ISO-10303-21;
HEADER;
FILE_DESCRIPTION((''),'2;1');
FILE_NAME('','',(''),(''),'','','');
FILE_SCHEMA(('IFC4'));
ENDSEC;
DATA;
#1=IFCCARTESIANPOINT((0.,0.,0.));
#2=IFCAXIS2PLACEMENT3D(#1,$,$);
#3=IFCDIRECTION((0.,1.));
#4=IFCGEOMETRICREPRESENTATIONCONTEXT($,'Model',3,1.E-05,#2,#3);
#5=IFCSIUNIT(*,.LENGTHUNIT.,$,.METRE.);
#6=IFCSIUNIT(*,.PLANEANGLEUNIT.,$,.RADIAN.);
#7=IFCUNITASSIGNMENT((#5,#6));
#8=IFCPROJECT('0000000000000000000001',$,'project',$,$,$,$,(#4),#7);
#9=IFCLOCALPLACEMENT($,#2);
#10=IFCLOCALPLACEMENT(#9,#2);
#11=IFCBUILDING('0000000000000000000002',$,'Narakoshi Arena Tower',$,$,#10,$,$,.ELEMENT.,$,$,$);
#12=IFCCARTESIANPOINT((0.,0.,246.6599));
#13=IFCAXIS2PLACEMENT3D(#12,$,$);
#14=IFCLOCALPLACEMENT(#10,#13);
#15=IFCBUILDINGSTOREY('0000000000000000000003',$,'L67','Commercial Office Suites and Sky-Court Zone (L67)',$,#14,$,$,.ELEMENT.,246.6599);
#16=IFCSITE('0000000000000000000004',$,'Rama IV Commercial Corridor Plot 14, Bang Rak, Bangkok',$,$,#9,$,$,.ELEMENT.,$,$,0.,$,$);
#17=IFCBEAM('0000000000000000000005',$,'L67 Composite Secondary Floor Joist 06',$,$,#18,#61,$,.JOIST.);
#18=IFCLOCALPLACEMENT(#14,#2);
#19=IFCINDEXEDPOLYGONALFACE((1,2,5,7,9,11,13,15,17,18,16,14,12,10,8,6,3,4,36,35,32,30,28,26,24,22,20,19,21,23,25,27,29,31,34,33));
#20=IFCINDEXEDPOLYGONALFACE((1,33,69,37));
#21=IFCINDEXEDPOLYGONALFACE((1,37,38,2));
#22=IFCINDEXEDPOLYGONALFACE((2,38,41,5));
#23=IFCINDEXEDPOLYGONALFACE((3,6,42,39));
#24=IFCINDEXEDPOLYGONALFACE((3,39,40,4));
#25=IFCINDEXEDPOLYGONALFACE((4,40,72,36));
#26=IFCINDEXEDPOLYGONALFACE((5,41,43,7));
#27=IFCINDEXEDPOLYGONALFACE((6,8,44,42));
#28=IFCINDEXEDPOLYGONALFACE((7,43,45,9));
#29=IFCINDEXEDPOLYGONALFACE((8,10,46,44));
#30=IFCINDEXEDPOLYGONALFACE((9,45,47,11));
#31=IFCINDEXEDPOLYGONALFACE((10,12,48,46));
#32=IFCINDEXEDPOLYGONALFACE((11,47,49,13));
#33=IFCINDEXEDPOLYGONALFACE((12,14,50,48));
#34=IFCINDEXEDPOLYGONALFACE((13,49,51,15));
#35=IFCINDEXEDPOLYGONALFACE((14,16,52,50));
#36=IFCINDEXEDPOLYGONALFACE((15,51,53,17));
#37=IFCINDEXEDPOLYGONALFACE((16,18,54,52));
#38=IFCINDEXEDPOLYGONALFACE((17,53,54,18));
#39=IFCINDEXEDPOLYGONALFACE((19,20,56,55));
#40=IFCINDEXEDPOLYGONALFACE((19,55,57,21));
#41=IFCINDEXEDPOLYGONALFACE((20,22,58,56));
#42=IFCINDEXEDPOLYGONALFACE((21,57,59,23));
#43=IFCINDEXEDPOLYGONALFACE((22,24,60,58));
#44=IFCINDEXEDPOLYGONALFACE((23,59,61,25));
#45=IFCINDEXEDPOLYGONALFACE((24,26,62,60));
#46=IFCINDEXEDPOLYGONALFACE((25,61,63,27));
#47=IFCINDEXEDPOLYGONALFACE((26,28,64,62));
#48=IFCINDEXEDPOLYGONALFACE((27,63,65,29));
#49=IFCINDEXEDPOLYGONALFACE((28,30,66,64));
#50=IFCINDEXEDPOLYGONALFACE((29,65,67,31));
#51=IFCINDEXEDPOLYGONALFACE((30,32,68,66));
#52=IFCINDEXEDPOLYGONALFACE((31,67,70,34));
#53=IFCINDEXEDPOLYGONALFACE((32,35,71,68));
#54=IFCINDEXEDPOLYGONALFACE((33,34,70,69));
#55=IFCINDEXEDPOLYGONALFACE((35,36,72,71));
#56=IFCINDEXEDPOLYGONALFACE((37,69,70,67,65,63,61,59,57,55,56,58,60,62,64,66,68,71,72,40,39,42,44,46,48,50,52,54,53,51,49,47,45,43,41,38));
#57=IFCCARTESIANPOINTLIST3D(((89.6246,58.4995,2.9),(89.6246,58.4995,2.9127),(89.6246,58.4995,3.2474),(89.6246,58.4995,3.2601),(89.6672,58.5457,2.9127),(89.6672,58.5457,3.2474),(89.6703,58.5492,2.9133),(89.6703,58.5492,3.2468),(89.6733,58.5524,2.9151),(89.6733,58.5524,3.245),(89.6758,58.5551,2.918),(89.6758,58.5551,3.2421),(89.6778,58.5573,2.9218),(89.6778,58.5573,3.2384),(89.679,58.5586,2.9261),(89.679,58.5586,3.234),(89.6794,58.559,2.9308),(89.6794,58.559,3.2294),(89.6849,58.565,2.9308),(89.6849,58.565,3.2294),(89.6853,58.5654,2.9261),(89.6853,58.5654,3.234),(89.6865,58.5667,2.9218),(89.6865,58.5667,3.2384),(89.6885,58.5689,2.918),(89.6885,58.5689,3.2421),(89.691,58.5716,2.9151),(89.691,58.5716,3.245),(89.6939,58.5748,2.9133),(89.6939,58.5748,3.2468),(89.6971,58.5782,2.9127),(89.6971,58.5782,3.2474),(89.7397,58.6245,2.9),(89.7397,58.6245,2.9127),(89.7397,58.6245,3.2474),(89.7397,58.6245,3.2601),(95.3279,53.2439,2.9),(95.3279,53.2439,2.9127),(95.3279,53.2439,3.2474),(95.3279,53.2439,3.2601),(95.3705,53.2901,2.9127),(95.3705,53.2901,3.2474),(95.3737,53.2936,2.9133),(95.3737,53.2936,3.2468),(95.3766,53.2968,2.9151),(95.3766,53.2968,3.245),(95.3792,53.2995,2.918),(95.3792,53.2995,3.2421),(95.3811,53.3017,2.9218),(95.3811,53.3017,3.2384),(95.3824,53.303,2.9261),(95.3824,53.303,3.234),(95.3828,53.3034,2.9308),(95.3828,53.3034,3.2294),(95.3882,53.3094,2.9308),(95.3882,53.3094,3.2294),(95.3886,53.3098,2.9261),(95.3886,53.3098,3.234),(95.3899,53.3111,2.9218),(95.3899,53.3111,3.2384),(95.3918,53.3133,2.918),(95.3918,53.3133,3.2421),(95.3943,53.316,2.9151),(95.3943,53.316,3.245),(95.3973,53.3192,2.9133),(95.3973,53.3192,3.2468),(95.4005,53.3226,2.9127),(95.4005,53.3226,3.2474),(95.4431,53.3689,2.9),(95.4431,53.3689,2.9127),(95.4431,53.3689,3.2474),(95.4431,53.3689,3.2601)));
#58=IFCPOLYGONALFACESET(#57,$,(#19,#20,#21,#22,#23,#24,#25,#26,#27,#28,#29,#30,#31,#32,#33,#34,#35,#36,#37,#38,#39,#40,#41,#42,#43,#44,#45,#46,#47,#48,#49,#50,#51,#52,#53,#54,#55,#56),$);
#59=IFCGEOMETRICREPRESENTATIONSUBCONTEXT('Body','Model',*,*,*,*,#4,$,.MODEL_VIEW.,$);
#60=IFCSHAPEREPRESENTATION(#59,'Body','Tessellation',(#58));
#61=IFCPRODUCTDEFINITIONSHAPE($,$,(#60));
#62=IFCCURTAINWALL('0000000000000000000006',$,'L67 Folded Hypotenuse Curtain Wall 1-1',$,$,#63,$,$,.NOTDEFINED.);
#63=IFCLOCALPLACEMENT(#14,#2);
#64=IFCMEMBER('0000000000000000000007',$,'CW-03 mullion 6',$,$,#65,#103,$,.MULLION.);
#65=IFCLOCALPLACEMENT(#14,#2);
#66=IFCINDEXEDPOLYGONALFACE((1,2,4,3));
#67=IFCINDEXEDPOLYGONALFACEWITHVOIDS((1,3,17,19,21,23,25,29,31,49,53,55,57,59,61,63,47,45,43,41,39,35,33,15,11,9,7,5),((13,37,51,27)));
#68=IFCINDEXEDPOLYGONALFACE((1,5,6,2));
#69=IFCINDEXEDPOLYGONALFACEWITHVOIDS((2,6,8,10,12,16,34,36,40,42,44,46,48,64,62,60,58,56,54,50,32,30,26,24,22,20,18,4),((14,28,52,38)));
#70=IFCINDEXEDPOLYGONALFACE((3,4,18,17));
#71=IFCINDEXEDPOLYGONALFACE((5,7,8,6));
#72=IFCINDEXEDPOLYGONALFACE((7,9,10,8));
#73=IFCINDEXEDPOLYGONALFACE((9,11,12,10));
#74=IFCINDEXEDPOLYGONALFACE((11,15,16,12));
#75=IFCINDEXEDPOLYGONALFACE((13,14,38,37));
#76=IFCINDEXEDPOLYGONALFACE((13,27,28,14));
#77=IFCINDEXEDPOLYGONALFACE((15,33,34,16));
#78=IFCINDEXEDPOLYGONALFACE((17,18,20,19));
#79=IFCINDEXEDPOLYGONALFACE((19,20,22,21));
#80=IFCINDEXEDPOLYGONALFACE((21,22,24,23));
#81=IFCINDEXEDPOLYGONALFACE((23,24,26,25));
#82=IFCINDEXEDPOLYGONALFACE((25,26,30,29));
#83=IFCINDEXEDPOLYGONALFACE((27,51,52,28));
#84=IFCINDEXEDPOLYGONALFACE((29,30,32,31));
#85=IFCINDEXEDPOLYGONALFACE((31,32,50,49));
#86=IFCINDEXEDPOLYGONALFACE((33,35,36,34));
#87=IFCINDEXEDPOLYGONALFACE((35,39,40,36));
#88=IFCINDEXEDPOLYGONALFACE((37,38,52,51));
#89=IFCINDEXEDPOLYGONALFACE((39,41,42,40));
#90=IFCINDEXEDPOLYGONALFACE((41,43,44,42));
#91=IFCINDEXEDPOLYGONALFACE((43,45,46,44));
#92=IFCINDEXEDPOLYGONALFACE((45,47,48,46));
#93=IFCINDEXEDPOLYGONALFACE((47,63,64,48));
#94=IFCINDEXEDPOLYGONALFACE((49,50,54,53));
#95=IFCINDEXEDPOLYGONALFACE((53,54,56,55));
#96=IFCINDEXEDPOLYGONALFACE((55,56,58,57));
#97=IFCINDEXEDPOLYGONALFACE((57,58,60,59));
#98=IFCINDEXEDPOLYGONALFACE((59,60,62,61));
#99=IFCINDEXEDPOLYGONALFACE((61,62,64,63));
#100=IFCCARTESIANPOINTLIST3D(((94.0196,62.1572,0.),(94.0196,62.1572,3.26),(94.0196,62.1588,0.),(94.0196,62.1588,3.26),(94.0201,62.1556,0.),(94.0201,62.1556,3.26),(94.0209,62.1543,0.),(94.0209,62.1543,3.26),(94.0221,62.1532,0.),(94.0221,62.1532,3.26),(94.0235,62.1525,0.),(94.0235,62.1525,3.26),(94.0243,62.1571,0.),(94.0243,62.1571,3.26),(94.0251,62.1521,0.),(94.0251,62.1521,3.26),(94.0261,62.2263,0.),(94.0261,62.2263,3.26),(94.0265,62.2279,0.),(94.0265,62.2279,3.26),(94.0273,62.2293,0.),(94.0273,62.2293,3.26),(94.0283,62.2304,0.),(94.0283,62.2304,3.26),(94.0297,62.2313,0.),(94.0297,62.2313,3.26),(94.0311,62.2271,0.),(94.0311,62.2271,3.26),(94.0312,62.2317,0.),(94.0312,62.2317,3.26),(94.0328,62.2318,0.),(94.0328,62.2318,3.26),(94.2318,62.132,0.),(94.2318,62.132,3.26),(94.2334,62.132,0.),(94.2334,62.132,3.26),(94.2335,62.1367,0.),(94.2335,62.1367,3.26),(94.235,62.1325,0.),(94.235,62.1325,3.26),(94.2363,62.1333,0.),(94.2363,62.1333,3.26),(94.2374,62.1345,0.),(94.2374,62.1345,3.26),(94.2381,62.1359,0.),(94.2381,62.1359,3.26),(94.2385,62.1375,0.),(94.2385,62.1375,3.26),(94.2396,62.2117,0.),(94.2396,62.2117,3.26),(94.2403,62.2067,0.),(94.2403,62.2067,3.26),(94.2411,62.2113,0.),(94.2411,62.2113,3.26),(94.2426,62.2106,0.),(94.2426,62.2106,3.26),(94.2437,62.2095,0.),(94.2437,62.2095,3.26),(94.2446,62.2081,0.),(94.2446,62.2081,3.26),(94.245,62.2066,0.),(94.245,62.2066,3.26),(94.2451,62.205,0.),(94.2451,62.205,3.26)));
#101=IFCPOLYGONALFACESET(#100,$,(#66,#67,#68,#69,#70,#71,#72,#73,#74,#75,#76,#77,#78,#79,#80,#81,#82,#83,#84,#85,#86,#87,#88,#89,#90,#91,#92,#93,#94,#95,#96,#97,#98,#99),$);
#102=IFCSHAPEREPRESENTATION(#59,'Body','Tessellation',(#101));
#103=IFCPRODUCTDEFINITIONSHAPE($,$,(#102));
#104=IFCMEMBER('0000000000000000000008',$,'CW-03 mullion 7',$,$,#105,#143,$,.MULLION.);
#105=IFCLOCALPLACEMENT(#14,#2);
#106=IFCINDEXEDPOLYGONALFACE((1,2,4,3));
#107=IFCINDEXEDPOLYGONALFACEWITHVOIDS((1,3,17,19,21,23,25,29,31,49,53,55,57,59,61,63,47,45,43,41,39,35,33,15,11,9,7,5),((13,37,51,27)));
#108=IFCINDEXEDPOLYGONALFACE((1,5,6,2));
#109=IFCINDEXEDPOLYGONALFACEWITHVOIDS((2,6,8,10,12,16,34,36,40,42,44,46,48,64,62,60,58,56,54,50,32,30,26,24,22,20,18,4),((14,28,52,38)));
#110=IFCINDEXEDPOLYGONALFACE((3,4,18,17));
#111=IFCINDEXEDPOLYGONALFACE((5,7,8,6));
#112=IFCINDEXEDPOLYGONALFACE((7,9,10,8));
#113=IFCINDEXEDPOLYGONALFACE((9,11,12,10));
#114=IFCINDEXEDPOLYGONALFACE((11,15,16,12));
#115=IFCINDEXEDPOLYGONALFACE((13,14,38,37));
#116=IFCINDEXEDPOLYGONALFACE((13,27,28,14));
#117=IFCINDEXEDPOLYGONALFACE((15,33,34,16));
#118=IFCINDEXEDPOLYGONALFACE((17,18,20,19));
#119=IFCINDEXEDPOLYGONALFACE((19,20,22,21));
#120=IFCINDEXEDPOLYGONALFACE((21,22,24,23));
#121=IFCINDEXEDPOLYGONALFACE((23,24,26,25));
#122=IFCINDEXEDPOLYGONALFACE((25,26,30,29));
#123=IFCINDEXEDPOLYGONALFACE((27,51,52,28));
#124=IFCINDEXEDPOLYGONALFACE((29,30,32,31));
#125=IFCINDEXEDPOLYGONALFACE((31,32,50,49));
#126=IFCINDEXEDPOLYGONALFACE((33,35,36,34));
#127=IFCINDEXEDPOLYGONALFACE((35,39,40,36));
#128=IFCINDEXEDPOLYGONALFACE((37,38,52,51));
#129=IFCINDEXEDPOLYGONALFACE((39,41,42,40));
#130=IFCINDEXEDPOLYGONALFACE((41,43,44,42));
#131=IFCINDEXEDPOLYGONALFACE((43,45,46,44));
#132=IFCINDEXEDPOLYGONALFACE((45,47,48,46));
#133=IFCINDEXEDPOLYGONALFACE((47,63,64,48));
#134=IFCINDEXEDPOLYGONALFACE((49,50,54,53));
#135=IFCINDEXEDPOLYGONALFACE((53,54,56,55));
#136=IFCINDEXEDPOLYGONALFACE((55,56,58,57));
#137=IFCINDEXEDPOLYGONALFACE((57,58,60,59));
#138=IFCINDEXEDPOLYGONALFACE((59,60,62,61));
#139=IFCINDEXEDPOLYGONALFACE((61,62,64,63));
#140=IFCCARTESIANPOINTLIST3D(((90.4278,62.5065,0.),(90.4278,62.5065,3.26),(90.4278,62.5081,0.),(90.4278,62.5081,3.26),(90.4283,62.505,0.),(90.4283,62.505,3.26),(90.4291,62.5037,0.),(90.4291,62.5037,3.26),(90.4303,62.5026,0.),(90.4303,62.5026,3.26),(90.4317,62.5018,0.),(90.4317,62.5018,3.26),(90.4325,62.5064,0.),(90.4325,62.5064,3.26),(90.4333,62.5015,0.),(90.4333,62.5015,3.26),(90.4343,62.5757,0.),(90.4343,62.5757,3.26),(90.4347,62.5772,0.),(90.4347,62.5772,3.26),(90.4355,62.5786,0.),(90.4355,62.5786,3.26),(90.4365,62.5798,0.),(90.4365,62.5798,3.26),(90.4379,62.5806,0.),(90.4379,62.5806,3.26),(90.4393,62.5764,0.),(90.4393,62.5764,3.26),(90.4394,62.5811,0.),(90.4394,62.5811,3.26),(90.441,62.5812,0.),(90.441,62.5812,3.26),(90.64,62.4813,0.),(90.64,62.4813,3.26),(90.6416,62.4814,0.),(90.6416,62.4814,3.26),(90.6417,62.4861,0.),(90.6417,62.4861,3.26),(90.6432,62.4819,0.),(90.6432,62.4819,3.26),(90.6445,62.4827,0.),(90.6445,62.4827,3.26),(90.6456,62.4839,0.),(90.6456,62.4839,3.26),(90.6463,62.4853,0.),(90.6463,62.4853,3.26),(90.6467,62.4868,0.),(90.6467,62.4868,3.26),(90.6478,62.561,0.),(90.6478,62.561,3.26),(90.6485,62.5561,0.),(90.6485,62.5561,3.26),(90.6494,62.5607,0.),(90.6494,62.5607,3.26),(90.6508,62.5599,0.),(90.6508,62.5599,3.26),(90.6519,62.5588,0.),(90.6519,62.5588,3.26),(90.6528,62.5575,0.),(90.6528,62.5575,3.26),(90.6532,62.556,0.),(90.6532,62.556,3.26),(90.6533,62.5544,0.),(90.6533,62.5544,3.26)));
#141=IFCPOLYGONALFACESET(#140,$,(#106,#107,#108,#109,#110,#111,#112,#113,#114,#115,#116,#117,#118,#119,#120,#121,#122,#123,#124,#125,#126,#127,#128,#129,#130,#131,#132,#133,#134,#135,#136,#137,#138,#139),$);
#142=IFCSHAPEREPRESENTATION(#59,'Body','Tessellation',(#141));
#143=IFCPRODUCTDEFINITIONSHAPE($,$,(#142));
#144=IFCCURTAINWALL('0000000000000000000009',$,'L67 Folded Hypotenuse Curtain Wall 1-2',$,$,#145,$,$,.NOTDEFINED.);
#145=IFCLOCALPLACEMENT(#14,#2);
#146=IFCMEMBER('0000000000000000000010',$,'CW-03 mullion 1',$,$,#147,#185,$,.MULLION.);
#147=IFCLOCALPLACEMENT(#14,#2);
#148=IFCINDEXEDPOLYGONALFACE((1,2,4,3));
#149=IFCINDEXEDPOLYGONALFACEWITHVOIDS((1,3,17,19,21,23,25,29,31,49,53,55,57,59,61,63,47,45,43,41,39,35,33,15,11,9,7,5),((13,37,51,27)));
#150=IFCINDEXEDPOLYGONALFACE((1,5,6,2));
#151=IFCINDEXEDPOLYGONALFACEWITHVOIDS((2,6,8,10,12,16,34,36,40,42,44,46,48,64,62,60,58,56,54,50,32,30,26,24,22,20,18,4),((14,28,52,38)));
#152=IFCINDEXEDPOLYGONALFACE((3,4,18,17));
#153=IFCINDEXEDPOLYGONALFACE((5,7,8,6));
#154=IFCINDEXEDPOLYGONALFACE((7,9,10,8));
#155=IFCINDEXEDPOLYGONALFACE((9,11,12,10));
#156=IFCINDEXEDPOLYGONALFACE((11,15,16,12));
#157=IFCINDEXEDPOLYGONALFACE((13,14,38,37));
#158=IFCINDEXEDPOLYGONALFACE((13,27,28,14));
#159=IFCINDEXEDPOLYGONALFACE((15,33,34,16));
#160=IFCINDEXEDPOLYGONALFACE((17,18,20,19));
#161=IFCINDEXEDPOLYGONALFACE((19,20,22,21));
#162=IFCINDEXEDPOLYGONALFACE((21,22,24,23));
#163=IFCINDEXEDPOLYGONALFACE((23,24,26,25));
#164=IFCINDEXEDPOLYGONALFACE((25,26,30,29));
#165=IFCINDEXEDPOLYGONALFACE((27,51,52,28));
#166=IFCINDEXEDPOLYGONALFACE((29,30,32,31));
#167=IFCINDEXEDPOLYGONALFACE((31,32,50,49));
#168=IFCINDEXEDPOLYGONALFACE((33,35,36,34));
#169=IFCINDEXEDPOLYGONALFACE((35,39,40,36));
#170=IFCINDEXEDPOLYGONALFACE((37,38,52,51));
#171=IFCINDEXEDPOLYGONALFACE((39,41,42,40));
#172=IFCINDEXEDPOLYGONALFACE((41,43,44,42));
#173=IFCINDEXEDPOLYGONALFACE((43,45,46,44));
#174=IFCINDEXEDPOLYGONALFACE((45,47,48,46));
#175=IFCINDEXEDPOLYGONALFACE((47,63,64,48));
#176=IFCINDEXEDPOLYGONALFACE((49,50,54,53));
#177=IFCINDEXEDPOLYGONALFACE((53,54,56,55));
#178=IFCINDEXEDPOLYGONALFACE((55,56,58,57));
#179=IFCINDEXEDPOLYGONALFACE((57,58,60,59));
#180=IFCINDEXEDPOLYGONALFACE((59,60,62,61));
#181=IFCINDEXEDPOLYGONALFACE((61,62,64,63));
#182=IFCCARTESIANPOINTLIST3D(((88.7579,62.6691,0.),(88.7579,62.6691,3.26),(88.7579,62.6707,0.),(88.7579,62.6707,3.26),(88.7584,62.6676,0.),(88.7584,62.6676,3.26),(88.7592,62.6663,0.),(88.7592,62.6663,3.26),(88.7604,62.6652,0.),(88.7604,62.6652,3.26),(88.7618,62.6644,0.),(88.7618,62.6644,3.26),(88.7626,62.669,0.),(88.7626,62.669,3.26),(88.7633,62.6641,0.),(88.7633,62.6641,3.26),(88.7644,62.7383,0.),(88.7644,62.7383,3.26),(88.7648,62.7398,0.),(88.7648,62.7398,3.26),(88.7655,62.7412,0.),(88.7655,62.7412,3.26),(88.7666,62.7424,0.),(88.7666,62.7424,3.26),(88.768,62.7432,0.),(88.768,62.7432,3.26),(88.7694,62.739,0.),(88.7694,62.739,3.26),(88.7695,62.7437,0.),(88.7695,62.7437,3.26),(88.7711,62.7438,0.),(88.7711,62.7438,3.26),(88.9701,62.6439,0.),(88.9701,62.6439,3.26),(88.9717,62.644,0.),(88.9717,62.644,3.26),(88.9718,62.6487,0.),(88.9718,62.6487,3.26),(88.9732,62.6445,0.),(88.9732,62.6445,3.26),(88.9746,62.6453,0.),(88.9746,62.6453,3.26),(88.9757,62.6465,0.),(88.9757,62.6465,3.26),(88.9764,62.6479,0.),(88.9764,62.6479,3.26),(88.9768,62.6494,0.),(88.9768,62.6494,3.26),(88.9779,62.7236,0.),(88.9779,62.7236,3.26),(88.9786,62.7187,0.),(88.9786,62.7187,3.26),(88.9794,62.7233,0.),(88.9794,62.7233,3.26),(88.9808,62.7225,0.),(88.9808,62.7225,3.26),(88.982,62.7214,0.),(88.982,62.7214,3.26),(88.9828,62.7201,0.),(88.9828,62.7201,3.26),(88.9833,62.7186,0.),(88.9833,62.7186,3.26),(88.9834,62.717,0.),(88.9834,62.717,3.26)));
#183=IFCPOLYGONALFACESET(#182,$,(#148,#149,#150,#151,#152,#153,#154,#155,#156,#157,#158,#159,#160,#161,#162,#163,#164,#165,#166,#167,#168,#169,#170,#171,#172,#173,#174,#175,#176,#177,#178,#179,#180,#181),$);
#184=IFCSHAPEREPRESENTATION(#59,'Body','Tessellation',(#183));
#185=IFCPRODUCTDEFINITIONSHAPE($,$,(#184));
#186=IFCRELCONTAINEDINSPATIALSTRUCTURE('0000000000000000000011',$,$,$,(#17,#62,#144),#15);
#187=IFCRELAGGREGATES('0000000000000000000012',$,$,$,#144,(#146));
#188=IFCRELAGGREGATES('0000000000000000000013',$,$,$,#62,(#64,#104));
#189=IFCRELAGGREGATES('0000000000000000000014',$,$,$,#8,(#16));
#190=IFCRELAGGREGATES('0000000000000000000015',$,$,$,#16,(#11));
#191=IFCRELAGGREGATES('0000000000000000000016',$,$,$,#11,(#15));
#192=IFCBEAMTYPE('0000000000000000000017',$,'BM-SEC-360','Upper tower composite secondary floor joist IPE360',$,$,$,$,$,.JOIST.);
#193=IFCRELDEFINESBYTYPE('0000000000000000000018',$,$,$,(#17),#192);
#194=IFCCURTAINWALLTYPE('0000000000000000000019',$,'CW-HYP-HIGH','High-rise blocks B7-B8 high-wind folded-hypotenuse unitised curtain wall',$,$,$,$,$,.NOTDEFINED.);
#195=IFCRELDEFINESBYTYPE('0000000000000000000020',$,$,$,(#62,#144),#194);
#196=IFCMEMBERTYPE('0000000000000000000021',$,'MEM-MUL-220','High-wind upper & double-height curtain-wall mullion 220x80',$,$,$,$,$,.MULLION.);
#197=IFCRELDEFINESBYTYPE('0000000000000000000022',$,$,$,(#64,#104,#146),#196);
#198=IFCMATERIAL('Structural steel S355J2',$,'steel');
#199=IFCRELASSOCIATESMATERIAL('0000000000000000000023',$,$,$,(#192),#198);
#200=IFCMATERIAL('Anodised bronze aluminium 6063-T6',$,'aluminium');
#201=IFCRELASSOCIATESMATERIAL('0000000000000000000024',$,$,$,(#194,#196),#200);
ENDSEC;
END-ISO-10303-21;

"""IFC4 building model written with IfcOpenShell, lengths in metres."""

from ifc_helpers import new_model, si_unit, direction, frame, origin, origin_2d, place, context, subcontext, project, spatial, hollow_rectangle, i_section, extrude, material, material_profile, profile_set, type_object, element, aggregate, save


model = new_model("IFC4")

# Units and contexts
model_context = context("Model", 3, precision=1e-05, world=origin(), true_north=direction((0.0, 1.0)))
body_context = subcontext(model_context, "Body", "Model", "MODEL_VIEW")
ifc_project = project(units=[si_unit("LENGTHUNIT", "METRE"), si_unit("PLANEANGLEUNIT", "RADIAN")], contexts=[model_context])

# Site, building, storey
site_placement = place(None, origin())
site = spatial("IfcSite", under=ifc_project, at=site_placement, Name="Rama IV Commercial Corridor Plot 14, Bang Rak, Bangkok", CompositionType="ELEMENT", RefElevation=0.0)
building_placement = place(site_placement, origin())
building = spatial("IfcBuilding", under=site, at=building_placement, Name="Narakoshi Arena Tower", CompositionType="ELEMENT")
storey_placement = place(building_placement, frame((0.0, 0.0, 246.6599)))
storey = spatial("IfcBuildingStorey", under=building, at=storey_placement, Name="L67", Description="Commercial Office Suites and Sky-Court Zone (L67)", CompositionType="ELEMENT", Elevation=246.6599)

# Beam
ifc_material_1 = material(Name="Structural steel S355J2", Category="steel")
ifc_material_profile_1 = material_profile(ifc_material_1, i_section(OverallWidth=0.1699, OverallDepth=0.3601, WebThickness=0.0081, FlangeThickness=0.0127, FilletRadius=0.0181, at=origin_2d()), Name="IPE360")
ifc_profile_set_1 = profile_set([ifc_material_profile_1], Name="Structural steel S355J2")
beam_type_1 = type_object("IfcBeamType", Name="BM-SEC-360", Description="Upper tower composite secondary floor joist IPE360", PredefinedType="JOIST", material=ifc_profile_set_1)
beam_1_placement = place(storey_placement, frame((95.3855, 53.3064, 3.0801), z_axis=(-0.735384, 0.677651, 0.0), x_axis=(-0.677651, -0.735384, 0.0)))
element("IfcBeam", 1, at=beam_1_placement, inside=storey, type_object=beam_type_1, Name="L67 Composite Secondary Floor Joist 06", PredefinedType="JOIST", context=body_context, shape_type="SweptSolid", body=[
    extrude(i_section(OverallWidth=0.1699, OverallDepth=0.3601, WebThickness=0.0081, FlangeThickness=0.0127, FilletRadius=0.0181, at=origin_2d()), origin(), (0.0, 0.0, 1.0), 7.7556),
])

# Curtain wall, members
ifc_material_2 = material(Name="Anodised bronze aluminium 6063-T6", Category="aluminium")
curtain_wall_type = type_object("IfcCurtainWallType", Name="CW-HYP-HIGH", Description="High-rise blocks B7-B8 high-wind folded-hypotenuse unitised curtain wall", PredefinedType="NOTDEFINED", material=ifc_material_2)
curtain_wall_1_placement = place(storey_placement, origin())
curtain_wall_1 = element("IfcCurtainWall", 2, at=curtain_wall_1_placement, inside=storey, type_object=curtain_wall_type, Name="L67 Folded Hypotenuse Curtain Wall 1-1", PredefinedType="NOTDEFINED")
ifc_material_profile_2 = material_profile(ifc_material_2, hollow_rectangle(XDim=0.0801, YDim=0.22, WallThickness=0.0049, OuterFilletRadius=0.0061, at=origin_2d()), Name="MUL220x80x5")
ifc_profile_set_2 = profile_set([ifc_material_profile_2], Name="Anodised bronze aluminium 6063-T6")
member_type_1 = type_object("IfcMemberType", Name="MEM-MUL-220", Description="High-wind upper & double-height curtain-wall mullion 220x80", PredefinedType="MULLION", material=ifc_profile_set_2)
member_1_placement = place(storey_placement, frame((94.1323, 62.1819, 0.0), z_axis=(0.0, 0.0, 1.0), x_axis=(-0.096851, -0.995299, 0.0)))
member_1 = element("IfcMember", 3, at=member_1_placement, type_object=member_type_1, Name="CW-03 mullion 6", PredefinedType="MULLION", context=body_context, shape_type="SweptSolid", body=[
    extrude(hollow_rectangle(XDim=0.0801, YDim=0.22, WallThickness=0.0049, OuterFilletRadius=0.0061, at=origin_2d()), origin(), (0.0, 0.0, 1.0), 3.26),
])
member_2_placement = place(storey_placement, frame((90.5405, 62.5312, 0.0), z_axis=(0.0, 0.0, 1.0), x_axis=(-0.096851, -0.995299, 0.0)))
member_2 = element("IfcMember", 4, at=member_2_placement, type_object=member_type_1, Name="CW-03 mullion 7", PredefinedType="MULLION", context=body_context, shape_type="SweptSolid", body=[
    extrude(hollow_rectangle(XDim=0.0801, YDim=0.22, WallThickness=0.0049, OuterFilletRadius=0.0061, at=origin_2d()), origin(), (0.0, 0.0, 1.0), 3.26),
])

# Curtain wall, member
curtain_wall_2_placement = place(storey_placement, origin())
curtain_wall_2 = element("IfcCurtainWall", 5, at=curtain_wall_2_placement, inside=storey, type_object=curtain_wall_type, Name="L67 Folded Hypotenuse Curtain Wall 1-2", PredefinedType="NOTDEFINED")
member_3_placement = place(storey_placement, frame((88.8706, 62.6938, 0.0), z_axis=(0.0, 0.0, 1.0), x_axis=(-0.096843, -0.9953, 0.0)))
member_3 = element("IfcMember", 6, at=member_3_placement, type_object=member_type_1, Name="CW-03 mullion 1", PredefinedType="MULLION", context=body_context, shape_type="SweptSolid", body=[
    extrude(hollow_rectangle(XDim=0.0801, YDim=0.22, WallThickness=0.0049, OuterFilletRadius=0.0061, at=origin_2d()), origin(), (0.0, 0.0, 1.0), 3.26),
])

aggregate(curtain_wall_2, [member_3])

aggregate(curtain_wall_1, [member_1, member_2])

save(model, "model.ifc")
